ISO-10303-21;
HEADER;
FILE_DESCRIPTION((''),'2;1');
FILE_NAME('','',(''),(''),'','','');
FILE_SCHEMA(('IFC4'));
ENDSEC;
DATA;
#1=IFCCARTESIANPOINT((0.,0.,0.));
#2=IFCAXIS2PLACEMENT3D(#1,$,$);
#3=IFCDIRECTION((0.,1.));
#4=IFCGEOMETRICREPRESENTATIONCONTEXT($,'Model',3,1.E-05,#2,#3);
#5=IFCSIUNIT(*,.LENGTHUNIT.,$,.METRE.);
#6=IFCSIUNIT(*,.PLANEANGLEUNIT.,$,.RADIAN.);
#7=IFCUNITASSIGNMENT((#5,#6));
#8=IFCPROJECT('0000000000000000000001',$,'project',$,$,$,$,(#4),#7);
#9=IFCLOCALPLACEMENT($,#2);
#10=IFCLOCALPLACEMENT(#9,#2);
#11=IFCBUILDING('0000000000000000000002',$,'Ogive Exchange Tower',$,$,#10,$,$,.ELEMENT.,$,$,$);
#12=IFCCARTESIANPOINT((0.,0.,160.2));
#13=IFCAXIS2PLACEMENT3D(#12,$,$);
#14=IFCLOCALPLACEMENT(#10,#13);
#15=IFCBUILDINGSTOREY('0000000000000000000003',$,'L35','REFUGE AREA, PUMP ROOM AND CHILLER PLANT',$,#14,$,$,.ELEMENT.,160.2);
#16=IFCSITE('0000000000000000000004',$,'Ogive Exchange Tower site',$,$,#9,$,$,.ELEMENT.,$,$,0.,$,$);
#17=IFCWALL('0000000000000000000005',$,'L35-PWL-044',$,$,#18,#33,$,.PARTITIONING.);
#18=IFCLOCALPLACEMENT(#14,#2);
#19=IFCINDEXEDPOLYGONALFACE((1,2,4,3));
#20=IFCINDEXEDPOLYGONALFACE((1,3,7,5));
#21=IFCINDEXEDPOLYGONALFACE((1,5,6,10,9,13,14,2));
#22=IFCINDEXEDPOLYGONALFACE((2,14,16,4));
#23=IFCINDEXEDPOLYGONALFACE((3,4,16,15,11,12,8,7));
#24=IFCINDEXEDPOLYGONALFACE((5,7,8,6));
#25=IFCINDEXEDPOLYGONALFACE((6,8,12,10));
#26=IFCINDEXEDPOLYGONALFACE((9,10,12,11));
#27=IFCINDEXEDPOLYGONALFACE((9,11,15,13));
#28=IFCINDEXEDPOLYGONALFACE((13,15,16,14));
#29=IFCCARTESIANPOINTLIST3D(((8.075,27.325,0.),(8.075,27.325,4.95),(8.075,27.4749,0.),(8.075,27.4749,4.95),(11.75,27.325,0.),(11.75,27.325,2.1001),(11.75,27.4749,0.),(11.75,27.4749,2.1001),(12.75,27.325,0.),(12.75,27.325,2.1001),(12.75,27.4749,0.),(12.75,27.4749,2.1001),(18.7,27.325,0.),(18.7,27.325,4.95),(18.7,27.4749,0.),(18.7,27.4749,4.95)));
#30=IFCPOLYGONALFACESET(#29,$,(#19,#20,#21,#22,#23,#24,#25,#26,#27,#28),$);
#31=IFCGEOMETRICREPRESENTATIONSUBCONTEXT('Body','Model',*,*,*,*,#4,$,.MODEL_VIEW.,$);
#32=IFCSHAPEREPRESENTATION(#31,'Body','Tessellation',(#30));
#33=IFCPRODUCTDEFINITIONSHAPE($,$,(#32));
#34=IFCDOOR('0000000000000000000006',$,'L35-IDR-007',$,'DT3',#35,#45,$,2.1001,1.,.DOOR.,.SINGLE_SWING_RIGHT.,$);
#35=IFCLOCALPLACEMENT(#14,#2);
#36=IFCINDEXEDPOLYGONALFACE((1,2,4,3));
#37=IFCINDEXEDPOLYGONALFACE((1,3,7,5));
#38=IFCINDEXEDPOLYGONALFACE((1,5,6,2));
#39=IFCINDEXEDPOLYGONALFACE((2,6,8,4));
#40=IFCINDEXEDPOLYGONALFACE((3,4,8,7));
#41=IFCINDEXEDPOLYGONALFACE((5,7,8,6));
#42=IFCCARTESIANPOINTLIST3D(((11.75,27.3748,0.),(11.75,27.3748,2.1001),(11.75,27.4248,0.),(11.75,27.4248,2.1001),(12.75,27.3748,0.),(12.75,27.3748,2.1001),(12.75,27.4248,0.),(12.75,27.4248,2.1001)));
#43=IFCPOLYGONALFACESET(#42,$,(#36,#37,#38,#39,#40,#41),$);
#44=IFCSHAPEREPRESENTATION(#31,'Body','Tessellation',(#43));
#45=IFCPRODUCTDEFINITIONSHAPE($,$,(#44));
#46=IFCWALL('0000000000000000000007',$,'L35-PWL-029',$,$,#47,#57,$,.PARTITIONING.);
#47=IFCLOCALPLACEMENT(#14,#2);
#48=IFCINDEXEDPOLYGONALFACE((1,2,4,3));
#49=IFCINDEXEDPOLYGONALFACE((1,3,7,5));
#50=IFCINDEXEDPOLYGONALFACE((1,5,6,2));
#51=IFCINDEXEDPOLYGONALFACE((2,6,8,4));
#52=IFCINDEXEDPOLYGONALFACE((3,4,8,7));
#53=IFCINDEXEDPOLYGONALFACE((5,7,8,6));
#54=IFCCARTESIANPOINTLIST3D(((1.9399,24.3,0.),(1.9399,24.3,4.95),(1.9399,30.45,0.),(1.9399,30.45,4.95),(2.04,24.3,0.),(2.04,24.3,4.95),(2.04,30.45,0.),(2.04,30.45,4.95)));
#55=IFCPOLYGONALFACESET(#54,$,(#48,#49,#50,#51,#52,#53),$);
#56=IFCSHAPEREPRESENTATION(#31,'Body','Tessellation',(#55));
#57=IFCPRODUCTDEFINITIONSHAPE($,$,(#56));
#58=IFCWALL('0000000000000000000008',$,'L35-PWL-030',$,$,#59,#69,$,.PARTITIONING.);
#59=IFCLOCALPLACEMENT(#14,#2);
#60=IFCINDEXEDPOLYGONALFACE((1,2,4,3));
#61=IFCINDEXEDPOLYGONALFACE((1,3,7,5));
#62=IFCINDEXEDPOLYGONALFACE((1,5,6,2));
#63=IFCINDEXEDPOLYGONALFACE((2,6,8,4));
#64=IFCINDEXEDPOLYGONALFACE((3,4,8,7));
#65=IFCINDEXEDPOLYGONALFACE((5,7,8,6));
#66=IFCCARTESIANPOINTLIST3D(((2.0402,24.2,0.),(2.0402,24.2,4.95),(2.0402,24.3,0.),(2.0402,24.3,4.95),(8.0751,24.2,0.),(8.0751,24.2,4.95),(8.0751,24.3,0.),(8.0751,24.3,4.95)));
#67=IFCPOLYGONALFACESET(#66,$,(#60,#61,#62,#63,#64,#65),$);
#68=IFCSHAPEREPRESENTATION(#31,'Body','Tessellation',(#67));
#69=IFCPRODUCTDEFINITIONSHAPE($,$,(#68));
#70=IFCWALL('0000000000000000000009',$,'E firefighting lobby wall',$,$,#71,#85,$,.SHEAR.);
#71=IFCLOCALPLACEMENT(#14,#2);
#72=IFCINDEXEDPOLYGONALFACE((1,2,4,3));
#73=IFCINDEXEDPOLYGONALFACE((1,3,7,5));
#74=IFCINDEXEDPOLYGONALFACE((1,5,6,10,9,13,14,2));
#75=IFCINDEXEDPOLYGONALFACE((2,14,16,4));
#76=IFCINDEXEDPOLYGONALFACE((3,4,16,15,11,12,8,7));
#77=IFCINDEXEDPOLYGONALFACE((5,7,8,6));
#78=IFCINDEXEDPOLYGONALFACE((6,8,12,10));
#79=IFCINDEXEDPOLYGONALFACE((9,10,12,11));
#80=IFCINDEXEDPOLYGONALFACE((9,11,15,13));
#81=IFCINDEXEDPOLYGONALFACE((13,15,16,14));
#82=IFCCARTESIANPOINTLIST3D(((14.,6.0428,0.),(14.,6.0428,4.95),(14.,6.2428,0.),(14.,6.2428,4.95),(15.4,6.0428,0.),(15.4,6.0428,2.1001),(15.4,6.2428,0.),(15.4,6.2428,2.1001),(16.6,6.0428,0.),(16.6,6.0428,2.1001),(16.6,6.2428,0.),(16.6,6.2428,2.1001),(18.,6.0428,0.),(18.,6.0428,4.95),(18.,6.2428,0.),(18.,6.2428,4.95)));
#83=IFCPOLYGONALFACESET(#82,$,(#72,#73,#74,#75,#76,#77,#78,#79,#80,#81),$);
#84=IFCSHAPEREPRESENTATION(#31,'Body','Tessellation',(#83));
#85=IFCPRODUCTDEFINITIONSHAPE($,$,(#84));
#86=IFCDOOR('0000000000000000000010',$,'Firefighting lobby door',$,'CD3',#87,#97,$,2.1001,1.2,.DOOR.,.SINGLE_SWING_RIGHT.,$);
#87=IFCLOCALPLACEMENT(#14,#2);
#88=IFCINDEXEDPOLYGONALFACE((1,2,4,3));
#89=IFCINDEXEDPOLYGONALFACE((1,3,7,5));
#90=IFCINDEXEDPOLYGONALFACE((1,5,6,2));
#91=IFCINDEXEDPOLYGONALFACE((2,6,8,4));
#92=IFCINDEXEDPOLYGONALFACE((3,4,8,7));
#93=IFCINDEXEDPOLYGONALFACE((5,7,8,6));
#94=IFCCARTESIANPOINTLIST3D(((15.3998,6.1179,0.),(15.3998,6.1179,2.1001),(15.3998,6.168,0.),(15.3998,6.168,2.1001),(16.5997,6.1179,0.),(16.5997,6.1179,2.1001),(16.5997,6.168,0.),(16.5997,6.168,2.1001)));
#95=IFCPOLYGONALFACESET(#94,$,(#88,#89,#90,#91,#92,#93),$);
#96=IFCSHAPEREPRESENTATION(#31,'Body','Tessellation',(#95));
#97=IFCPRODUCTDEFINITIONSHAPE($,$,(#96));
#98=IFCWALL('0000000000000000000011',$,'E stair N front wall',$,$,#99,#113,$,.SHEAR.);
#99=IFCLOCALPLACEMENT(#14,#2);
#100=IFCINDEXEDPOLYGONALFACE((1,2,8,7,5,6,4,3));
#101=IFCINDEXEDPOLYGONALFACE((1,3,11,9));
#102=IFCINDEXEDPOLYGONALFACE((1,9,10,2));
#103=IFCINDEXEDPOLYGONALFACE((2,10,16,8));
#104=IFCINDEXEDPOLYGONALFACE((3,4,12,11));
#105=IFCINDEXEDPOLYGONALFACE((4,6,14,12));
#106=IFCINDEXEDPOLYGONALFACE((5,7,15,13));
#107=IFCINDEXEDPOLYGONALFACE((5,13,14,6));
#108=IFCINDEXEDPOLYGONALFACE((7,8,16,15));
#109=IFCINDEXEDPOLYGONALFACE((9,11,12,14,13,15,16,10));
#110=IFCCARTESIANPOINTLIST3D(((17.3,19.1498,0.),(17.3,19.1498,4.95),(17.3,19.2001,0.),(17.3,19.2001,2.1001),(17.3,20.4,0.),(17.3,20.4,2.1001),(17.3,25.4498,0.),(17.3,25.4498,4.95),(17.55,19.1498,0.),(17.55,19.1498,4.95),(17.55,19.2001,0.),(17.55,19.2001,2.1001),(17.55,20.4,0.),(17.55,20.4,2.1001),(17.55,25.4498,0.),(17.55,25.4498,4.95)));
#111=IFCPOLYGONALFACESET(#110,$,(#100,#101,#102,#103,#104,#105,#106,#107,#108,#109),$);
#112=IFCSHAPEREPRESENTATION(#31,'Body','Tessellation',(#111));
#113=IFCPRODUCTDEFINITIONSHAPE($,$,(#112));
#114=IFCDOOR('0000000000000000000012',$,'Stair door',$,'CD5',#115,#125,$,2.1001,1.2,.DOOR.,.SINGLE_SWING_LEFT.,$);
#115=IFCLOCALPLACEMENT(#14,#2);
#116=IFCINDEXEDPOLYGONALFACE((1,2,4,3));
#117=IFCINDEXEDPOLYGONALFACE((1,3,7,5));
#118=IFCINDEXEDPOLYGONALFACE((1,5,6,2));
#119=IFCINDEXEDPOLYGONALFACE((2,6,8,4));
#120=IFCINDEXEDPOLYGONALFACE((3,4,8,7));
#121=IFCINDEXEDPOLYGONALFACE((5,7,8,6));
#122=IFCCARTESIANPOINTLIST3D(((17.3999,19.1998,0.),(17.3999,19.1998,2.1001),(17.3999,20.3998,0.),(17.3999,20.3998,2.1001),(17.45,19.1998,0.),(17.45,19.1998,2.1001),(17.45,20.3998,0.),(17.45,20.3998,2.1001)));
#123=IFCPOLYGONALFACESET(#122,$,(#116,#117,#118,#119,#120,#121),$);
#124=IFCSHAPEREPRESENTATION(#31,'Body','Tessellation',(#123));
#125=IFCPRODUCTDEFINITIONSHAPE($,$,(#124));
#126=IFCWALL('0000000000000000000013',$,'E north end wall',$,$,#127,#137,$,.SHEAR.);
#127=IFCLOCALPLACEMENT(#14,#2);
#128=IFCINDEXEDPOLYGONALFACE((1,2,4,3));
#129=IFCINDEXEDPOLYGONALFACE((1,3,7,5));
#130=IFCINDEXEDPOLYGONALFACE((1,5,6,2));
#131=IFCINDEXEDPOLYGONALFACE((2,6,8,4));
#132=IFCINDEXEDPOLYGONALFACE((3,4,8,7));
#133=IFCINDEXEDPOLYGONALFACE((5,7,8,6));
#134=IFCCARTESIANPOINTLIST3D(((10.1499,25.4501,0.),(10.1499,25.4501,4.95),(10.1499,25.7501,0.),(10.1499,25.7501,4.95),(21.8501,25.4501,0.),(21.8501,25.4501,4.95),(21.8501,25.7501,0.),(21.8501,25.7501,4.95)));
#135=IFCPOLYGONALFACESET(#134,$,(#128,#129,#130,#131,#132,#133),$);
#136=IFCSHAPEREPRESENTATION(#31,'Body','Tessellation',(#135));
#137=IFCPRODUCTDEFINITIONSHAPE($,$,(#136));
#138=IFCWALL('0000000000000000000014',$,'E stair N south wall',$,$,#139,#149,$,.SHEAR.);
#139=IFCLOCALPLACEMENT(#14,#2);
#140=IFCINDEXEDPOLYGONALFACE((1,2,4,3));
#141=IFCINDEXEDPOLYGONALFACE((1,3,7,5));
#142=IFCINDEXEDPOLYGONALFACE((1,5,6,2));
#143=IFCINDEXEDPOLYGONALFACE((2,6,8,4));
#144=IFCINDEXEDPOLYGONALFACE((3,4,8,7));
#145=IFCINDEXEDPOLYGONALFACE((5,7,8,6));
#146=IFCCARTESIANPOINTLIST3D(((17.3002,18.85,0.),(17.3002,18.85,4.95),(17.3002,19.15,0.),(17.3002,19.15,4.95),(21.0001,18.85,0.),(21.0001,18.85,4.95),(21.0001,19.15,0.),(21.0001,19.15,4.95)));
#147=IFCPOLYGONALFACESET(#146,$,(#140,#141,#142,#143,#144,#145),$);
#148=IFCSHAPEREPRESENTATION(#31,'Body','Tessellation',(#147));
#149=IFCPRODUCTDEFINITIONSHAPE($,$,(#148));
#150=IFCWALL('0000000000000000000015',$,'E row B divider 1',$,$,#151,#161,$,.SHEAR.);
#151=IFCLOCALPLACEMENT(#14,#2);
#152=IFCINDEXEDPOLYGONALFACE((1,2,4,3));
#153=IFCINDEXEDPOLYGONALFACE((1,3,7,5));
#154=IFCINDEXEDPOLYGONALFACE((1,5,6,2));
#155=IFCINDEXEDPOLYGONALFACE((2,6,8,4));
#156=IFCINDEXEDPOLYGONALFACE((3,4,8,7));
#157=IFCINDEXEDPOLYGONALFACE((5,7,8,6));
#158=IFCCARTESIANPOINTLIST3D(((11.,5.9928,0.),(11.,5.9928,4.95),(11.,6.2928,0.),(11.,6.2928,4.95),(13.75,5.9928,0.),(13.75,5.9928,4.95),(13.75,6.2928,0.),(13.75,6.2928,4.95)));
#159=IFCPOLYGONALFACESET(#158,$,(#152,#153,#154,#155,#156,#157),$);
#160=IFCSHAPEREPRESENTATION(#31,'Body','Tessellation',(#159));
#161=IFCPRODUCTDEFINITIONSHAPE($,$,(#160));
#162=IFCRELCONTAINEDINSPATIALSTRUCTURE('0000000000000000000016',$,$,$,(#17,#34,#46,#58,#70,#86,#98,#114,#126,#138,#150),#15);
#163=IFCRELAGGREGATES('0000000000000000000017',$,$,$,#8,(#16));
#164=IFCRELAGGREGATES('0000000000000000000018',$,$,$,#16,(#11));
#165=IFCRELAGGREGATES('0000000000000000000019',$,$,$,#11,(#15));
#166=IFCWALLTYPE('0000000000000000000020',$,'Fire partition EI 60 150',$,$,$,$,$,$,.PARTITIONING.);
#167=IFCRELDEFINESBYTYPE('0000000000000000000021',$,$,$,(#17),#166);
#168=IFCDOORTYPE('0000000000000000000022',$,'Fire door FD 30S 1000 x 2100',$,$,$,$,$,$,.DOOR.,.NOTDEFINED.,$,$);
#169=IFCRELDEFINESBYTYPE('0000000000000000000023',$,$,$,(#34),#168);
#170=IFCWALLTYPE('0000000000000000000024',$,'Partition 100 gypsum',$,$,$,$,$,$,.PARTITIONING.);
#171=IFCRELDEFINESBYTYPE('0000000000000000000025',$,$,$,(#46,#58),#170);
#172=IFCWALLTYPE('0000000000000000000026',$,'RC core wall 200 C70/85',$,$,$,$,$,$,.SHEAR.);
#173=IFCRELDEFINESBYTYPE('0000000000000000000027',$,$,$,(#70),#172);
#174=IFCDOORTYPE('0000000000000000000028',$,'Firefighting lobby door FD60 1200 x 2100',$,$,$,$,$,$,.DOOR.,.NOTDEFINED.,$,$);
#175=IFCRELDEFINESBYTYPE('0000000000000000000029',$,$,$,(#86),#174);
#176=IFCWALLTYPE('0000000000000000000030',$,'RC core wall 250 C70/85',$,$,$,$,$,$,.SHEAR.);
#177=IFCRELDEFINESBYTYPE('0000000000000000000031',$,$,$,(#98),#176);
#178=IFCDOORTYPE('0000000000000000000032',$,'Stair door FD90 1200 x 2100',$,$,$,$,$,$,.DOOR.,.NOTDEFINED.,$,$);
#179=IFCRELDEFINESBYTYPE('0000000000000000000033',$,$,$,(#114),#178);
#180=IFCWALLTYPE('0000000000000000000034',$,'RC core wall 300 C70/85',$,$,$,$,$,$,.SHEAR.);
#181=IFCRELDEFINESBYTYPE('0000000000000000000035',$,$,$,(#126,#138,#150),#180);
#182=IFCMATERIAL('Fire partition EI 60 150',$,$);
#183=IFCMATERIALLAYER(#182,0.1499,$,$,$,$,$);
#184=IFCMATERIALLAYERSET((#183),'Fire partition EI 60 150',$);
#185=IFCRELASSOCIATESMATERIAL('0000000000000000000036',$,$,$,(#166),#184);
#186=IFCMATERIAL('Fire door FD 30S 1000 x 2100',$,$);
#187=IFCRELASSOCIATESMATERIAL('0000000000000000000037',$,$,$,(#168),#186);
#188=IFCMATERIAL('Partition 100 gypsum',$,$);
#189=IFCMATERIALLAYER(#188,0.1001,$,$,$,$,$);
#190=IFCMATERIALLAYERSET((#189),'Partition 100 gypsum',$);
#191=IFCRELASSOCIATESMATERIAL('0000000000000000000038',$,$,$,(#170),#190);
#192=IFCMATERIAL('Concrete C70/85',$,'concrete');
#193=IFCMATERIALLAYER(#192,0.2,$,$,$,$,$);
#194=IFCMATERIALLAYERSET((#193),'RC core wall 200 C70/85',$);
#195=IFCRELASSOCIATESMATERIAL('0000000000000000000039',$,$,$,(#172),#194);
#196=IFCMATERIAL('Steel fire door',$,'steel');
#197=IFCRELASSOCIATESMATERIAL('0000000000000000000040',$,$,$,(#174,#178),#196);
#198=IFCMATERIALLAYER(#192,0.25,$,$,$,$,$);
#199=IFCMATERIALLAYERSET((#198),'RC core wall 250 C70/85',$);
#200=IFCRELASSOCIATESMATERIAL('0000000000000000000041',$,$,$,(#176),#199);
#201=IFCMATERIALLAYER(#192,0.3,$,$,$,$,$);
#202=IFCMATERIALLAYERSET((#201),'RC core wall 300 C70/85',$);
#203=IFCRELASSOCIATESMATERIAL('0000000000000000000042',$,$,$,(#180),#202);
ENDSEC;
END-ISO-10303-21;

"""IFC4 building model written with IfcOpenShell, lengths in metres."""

from ifc_helpers import new_model, si_unit, direction, frame, frame_2d, origin, place, context, subcontext, project, spatial, rectangle, extrude, material, layer, layer_set, type_object, element, fill, save


model = new_model("IFC4")

# Units and contexts
model_context = context("Model", 3, precision=1e-05, world=origin(), true_north=direction((0.0, 1.0)))
body_context = subcontext(model_context, "Body", "Model", "MODEL_VIEW")
ifc_project = project(units=[si_unit("LENGTHUNIT", "METRE"), si_unit("PLANEANGLEUNIT", "RADIAN")], contexts=[model_context])

# Site, building, storey
site_placement = place(None, origin())
site = spatial("IfcSite", under=ifc_project, at=site_placement, Name="Ogive Exchange Tower site", CompositionType="ELEMENT", RefElevation=0.0)
building_placement = place(site_placement, origin())
building = spatial("IfcBuilding", under=site, at=building_placement, Name="Ogive Exchange Tower", CompositionType="ELEMENT")
storey_placement = place(building_placement, frame((0.0, 0.0, 160.2)))
storey = spatial("IfcBuildingStorey", under=building, at=storey_placement, Name="L35", Description="REFUGE AREA, PUMP ROOM AND CHILLER PLANT", CompositionType="ELEMENT", Elevation=160.2)

# Shared definitions
ifc_material_1 = material(Name="Fire partition EI 60 150")
ifc_layer_1 = layer(ifc_material_1, 0.1499)
ifc_layer_set_1 = layer_set([ifc_layer_1], Name="Fire partition EI 60 150")
wall_type_1 = type_object("IfcWallType", Name="Fire partition EI 60 150", PredefinedType="PARTITIONING", material=ifc_layer_set_1)

# Wall, opening, door
wall_1_placement = place(storey_placement, frame((8.075, 27.3999, 0.0), z_axis=(0.0, 0.0, 1.0), x_axis=(1.0, 0.0, 0.0)))
wall_1 = element("IfcWall", 1, at=wall_1_placement, inside=storey, type_object=wall_type_1, Name="L35-PWL-044", PredefinedType="PARTITIONING", context=body_context, shape_type="SweptSolid", body=[
    extrude(rectangle(XDim=10.625, YDim=0.1499, at=frame_2d((5.3125, 0.0))), origin(), (0.0, 0.0, 1.0), 4.95),
])
opening_1_placement = place(wall_1_placement, frame((3.675, 0.0, 0.0)))
opening_1 = element("IfcOpeningElement", 2, at=opening_1_placement, cuts=wall_1, PredefinedType="OPENING", context=body_context, shape_type="SweptSolid", body=[
    extrude(rectangle(XDim=1.0, YDim=2.1001, at=frame_2d((0.5, 1.05))), frame((0.0, 0.085, 0.0), z_axis=(0.0, -1.0, 0.0), x_axis=(1.0, 0.0, 0.0)), (0.0, 0.0, 1.0), 0.1699),
])
ifc_material_2 = material(Name="Fire door FD 30S 1000 x 2100")
door_type_1 = type_object("IfcDoorType", Name="Fire door FD 30S 1000 x 2100", OperationType="NOTDEFINED", PredefinedType="DOOR", material=ifc_material_2)
door_1_placement = place(opening_1_placement, origin())
door_1 = element("IfcDoor", 3, at=door_1_placement, inside=storey, type_object=door_type_1, Name="L35-IDR-007", ObjectType="DT3", OperationType="SINGLE_SWING_RIGHT", OverallHeight=2.1001, OverallWidth=1.0, PredefinedType="DOOR", context=body_context, shape_type="SweptSolid", body=[
    extrude(rectangle(XDim=1.0, YDim=2.1001, at=frame_2d((0.5, 1.05))), frame((0.0, 0.0249, 0.0), z_axis=(0.0, -1.0, 0.0), x_axis=(1.0, 0.0, 0.0)), (0.0, 0.0, 1.0), 0.05),
])
fill(opening_1, door_1)

# Walls
ifc_material_3 = material(Name="Partition 100 gypsum")
ifc_layer_2 = layer(ifc_material_3, 0.1001)
ifc_layer_set_2 = layer_set([ifc_layer_2], Name="Partition 100 gypsum")
wall_type_2 = type_object("IfcWallType", Name="Partition 100 gypsum", PredefinedType="PARTITIONING", material=ifc_layer_set_2)
wall_2_placement = place(storey_placement, frame((1.99, 24.3, 0.0), z_axis=(0.0, 0.0, 1.0), x_axis=(0.0, 1.0, 0.0)))
element("IfcWall", 4, at=wall_2_placement, inside=storey, type_object=wall_type_2, Name="L35-PWL-029", PredefinedType="PARTITIONING", context=body_context, shape_type="SweptSolid", body=[
    extrude(rectangle(XDim=6.1499, YDim=0.1001, at=frame_2d((3.075, 0.0))), origin(), (0.0, 0.0, 1.0), 4.95),
])
wall_3_placement = place(storey_placement, frame((2.04, 24.25, 0.0), z_axis=(0.0, 0.0, 1.0), x_axis=(1.0, 0.0, 0.0)))
element("IfcWall", 5, at=wall_3_placement, inside=storey, type_object=wall_type_2, Name="L35-PWL-030", PredefinedType="PARTITIONING", context=body_context, shape_type="SweptSolid", body=[
    extrude(rectangle(XDim=6.0349, YDim=0.1001, at=frame_2d((3.0176, 0.0))), origin(), (0.0, 0.0, 1.0), 4.95),
])

# Walls, openings, doors
ifc_material_4 = material(Name="Concrete C70/85", Category="concrete")
ifc_layer_3 = layer(ifc_material_4, 0.2)
ifc_layer_set_3 = layer_set([ifc_layer_3], Name="RC core wall 200 C70/85")
wall_type_3 = type_object("IfcWallType", Name="RC core wall 200 C70/85", PredefinedType="SHEAR", material=ifc_layer_set_3)
wall_4_placement = place(storey_placement, frame((14.0, 6.1428, 0.0), z_axis=(0.0, 0.0, 1.0), x_axis=(1.0, 0.0, 0.0)))
wall_4 = element("IfcWall", 6, at=wall_4_placement, inside=storey, type_object=wall_type_3, Name="E firefighting lobby wall", PredefinedType="SHEAR", context=body_context, shape_type="SweptSolid", body=[
    extrude(rectangle(XDim=4.0, YDim=0.2, at=frame_2d((2.0, 0.0))), origin(), (0.0, 0.0, 1.0), 4.95),
])
opening_2_placement = place(wall_4_placement, frame((1.3999, 0.0, 0.0)))
opening_2 = element("IfcOpeningElement", 7, at=opening_2_placement, cuts=wall_4, PredefinedType="OPENING", context=body_context, shape_type="SweptSolid", body=[
    extrude(rectangle(XDim=1.2, YDim=2.1001, at=frame_2d((0.6001, 1.05))), frame((0.0, 0.1099, 0.0), z_axis=(0.0, -1.0, 0.0), x_axis=(1.0, 0.0, 0.0)), (0.0, 0.0, 1.0), 0.22),
])
ifc_material_5 = material(Name="Steel fire door", Category="steel")
door_type_2 = type_object("IfcDoorType", Name="Firefighting lobby door FD60 1200 x 2100", OperationType="NOTDEFINED", PredefinedType="DOOR", material=ifc_material_5)
door_2_placement = place(opening_2_placement, frame((1.2, 0.0, 0.0), z_axis=(0.0, 0.0, 1.0), x_axis=(-1.0, 0.0, 0.0)))
door_2 = element("IfcDoor", 8, at=door_2_placement, inside=storey, type_object=door_type_2, Name="Firefighting lobby door", ObjectType="CD3", OperationType="SINGLE_SWING_RIGHT", OverallHeight=2.1001, OverallWidth=1.2, PredefinedType="DOOR", context=body_context, shape_type="SweptSolid", body=[
    extrude(rectangle(XDim=1.2, YDim=2.1001, at=frame_2d((0.6001, 1.05))), frame((0.0, 0.0249, 0.0), z_axis=(0.0, -1.0, 0.0), x_axis=(1.0, 0.0, 0.0)), (0.0, 0.0, 1.0), 0.05),
])
fill(opening_2, door_2)
ifc_layer_4 = layer(ifc_material_4, 0.25)
ifc_layer_set_4 = layer_set([ifc_layer_4], Name="RC core wall 250 C70/85")
wall_type_4 = type_object("IfcWallType", Name="RC core wall 250 C70/85", PredefinedType="SHEAR", material=ifc_layer_set_4)
wall_5_placement = place(storey_placement, frame((17.425, 19.1499, 0.0), z_axis=(0.0, 0.0, 1.0), x_axis=(0.0, 1.0, 0.0)))
wall_5 = element("IfcWall", 9, at=wall_5_placement, inside=storey, type_object=wall_type_4, Name="E stair N front wall", PredefinedType="SHEAR", context=body_context, shape_type="SweptSolid", body=[
    extrude(rectangle(XDim=6.3, YDim=0.25, at=frame_2d((3.1499, 0.0))), origin(), (0.0, 0.0, 1.0), 4.95),
])
opening_3_placement = place(wall_5_placement, frame((0.05, 0.0, 0.0)))
opening_3 = element("IfcOpeningElement", 10, at=opening_3_placement, cuts=wall_5, PredefinedType="OPENING", context=body_context, shape_type="SweptSolid", body=[
    extrude(rectangle(XDim=1.2, YDim=2.1001, at=frame_2d((0.6001, 1.05))), frame((0.0, 0.135, 0.0), z_axis=(0.0, -1.0, 0.0), x_axis=(1.0, 0.0, 0.0)), (0.0, 0.0, 1.0), 0.27),
])
door_type_3 = type_object("IfcDoorType", Name="Stair door FD90 1200 x 2100", OperationType="NOTDEFINED", PredefinedType="DOOR", material=ifc_material_5)
door_3_placement = place(opening_3_placement, frame((1.2, 0.0, 0.0), z_axis=(0.0, 0.0, 1.0), x_axis=(-1.0, 0.0, 0.0)))
door_3 = element("IfcDoor", 11, at=door_3_placement, inside=storey, type_object=door_type_3, Name="Stair door", ObjectType="CD5", OperationType="SINGLE_SWING_LEFT", OverallHeight=2.1001, OverallWidth=1.2, PredefinedType="DOOR", context=body_context, shape_type="SweptSolid", body=[
    extrude(rectangle(XDim=1.2, YDim=2.1001, at=frame_2d((0.6001, 1.05))), frame((0.0, 0.0249, 0.0), z_axis=(0.0, -1.0, 0.0), x_axis=(1.0, 0.0, 0.0)), (0.0, 0.0, 1.0), 0.05),
])
fill(opening_3, door_3)

# Walls
ifc_layer_5 = layer(ifc_material_4, 0.3)
ifc_layer_set_5 = layer_set([ifc_layer_5], Name="RC core wall 300 C70/85")
wall_type_5 = type_object("IfcWallType", Name="RC core wall 300 C70/85", PredefinedType="SHEAR", material=ifc_layer_set_5)
wall_6_placement = place(storey_placement, frame((10.1499, 25.6001, 0.0), z_axis=(0.0, 0.0, 1.0), x_axis=(1.0, 0.0, 0.0)))
element("IfcWall", 12, at=wall_6_placement, inside=storey, type_object=wall_type_5, Name="E north end wall", PredefinedType="SHEAR", context=body_context, shape_type="SweptSolid", body=[
    extrude(rectangle(XDim=11.7002, YDim=0.3, at=frame_2d((5.8501, 0.0))), origin(), (0.0, 0.0, 1.0), 4.95),
])
wall_7_placement = place(storey_placement, frame((17.3, 19.0, 0.0), z_axis=(0.0, 0.0, 1.0), x_axis=(1.0, 0.0, 0.0)))
element("IfcWall", 13, at=wall_7_placement, inside=storey, type_object=wall_type_5, Name="E stair N south wall", PredefinedType="SHEAR", context=body_context, shape_type="SweptSolid", body=[
    extrude(rectangle(XDim=3.7, YDim=0.3, at=frame_2d((1.8501, 0.0))), origin(), (0.0, 0.0, 1.0), 4.95),
])
wall_8_placement = place(storey_placement, frame((11.0, 6.1428, 0.0), z_axis=(0.0, 0.0, 1.0), x_axis=(1.0, 0.0, 0.0)))
element("IfcWall", 14, at=wall_8_placement, inside=storey, type_object=wall_type_5, Name="E row B divider 1", PredefinedType="SHEAR", context=body_context, shape_type="SweptSolid", body=[
    extrude(rectangle(XDim=2.75, YDim=0.3, at=frame_2d((1.375, 0.0))), origin(), (0.0, 0.0, 1.0), 4.95),
])

save(model, "model.ifc")
